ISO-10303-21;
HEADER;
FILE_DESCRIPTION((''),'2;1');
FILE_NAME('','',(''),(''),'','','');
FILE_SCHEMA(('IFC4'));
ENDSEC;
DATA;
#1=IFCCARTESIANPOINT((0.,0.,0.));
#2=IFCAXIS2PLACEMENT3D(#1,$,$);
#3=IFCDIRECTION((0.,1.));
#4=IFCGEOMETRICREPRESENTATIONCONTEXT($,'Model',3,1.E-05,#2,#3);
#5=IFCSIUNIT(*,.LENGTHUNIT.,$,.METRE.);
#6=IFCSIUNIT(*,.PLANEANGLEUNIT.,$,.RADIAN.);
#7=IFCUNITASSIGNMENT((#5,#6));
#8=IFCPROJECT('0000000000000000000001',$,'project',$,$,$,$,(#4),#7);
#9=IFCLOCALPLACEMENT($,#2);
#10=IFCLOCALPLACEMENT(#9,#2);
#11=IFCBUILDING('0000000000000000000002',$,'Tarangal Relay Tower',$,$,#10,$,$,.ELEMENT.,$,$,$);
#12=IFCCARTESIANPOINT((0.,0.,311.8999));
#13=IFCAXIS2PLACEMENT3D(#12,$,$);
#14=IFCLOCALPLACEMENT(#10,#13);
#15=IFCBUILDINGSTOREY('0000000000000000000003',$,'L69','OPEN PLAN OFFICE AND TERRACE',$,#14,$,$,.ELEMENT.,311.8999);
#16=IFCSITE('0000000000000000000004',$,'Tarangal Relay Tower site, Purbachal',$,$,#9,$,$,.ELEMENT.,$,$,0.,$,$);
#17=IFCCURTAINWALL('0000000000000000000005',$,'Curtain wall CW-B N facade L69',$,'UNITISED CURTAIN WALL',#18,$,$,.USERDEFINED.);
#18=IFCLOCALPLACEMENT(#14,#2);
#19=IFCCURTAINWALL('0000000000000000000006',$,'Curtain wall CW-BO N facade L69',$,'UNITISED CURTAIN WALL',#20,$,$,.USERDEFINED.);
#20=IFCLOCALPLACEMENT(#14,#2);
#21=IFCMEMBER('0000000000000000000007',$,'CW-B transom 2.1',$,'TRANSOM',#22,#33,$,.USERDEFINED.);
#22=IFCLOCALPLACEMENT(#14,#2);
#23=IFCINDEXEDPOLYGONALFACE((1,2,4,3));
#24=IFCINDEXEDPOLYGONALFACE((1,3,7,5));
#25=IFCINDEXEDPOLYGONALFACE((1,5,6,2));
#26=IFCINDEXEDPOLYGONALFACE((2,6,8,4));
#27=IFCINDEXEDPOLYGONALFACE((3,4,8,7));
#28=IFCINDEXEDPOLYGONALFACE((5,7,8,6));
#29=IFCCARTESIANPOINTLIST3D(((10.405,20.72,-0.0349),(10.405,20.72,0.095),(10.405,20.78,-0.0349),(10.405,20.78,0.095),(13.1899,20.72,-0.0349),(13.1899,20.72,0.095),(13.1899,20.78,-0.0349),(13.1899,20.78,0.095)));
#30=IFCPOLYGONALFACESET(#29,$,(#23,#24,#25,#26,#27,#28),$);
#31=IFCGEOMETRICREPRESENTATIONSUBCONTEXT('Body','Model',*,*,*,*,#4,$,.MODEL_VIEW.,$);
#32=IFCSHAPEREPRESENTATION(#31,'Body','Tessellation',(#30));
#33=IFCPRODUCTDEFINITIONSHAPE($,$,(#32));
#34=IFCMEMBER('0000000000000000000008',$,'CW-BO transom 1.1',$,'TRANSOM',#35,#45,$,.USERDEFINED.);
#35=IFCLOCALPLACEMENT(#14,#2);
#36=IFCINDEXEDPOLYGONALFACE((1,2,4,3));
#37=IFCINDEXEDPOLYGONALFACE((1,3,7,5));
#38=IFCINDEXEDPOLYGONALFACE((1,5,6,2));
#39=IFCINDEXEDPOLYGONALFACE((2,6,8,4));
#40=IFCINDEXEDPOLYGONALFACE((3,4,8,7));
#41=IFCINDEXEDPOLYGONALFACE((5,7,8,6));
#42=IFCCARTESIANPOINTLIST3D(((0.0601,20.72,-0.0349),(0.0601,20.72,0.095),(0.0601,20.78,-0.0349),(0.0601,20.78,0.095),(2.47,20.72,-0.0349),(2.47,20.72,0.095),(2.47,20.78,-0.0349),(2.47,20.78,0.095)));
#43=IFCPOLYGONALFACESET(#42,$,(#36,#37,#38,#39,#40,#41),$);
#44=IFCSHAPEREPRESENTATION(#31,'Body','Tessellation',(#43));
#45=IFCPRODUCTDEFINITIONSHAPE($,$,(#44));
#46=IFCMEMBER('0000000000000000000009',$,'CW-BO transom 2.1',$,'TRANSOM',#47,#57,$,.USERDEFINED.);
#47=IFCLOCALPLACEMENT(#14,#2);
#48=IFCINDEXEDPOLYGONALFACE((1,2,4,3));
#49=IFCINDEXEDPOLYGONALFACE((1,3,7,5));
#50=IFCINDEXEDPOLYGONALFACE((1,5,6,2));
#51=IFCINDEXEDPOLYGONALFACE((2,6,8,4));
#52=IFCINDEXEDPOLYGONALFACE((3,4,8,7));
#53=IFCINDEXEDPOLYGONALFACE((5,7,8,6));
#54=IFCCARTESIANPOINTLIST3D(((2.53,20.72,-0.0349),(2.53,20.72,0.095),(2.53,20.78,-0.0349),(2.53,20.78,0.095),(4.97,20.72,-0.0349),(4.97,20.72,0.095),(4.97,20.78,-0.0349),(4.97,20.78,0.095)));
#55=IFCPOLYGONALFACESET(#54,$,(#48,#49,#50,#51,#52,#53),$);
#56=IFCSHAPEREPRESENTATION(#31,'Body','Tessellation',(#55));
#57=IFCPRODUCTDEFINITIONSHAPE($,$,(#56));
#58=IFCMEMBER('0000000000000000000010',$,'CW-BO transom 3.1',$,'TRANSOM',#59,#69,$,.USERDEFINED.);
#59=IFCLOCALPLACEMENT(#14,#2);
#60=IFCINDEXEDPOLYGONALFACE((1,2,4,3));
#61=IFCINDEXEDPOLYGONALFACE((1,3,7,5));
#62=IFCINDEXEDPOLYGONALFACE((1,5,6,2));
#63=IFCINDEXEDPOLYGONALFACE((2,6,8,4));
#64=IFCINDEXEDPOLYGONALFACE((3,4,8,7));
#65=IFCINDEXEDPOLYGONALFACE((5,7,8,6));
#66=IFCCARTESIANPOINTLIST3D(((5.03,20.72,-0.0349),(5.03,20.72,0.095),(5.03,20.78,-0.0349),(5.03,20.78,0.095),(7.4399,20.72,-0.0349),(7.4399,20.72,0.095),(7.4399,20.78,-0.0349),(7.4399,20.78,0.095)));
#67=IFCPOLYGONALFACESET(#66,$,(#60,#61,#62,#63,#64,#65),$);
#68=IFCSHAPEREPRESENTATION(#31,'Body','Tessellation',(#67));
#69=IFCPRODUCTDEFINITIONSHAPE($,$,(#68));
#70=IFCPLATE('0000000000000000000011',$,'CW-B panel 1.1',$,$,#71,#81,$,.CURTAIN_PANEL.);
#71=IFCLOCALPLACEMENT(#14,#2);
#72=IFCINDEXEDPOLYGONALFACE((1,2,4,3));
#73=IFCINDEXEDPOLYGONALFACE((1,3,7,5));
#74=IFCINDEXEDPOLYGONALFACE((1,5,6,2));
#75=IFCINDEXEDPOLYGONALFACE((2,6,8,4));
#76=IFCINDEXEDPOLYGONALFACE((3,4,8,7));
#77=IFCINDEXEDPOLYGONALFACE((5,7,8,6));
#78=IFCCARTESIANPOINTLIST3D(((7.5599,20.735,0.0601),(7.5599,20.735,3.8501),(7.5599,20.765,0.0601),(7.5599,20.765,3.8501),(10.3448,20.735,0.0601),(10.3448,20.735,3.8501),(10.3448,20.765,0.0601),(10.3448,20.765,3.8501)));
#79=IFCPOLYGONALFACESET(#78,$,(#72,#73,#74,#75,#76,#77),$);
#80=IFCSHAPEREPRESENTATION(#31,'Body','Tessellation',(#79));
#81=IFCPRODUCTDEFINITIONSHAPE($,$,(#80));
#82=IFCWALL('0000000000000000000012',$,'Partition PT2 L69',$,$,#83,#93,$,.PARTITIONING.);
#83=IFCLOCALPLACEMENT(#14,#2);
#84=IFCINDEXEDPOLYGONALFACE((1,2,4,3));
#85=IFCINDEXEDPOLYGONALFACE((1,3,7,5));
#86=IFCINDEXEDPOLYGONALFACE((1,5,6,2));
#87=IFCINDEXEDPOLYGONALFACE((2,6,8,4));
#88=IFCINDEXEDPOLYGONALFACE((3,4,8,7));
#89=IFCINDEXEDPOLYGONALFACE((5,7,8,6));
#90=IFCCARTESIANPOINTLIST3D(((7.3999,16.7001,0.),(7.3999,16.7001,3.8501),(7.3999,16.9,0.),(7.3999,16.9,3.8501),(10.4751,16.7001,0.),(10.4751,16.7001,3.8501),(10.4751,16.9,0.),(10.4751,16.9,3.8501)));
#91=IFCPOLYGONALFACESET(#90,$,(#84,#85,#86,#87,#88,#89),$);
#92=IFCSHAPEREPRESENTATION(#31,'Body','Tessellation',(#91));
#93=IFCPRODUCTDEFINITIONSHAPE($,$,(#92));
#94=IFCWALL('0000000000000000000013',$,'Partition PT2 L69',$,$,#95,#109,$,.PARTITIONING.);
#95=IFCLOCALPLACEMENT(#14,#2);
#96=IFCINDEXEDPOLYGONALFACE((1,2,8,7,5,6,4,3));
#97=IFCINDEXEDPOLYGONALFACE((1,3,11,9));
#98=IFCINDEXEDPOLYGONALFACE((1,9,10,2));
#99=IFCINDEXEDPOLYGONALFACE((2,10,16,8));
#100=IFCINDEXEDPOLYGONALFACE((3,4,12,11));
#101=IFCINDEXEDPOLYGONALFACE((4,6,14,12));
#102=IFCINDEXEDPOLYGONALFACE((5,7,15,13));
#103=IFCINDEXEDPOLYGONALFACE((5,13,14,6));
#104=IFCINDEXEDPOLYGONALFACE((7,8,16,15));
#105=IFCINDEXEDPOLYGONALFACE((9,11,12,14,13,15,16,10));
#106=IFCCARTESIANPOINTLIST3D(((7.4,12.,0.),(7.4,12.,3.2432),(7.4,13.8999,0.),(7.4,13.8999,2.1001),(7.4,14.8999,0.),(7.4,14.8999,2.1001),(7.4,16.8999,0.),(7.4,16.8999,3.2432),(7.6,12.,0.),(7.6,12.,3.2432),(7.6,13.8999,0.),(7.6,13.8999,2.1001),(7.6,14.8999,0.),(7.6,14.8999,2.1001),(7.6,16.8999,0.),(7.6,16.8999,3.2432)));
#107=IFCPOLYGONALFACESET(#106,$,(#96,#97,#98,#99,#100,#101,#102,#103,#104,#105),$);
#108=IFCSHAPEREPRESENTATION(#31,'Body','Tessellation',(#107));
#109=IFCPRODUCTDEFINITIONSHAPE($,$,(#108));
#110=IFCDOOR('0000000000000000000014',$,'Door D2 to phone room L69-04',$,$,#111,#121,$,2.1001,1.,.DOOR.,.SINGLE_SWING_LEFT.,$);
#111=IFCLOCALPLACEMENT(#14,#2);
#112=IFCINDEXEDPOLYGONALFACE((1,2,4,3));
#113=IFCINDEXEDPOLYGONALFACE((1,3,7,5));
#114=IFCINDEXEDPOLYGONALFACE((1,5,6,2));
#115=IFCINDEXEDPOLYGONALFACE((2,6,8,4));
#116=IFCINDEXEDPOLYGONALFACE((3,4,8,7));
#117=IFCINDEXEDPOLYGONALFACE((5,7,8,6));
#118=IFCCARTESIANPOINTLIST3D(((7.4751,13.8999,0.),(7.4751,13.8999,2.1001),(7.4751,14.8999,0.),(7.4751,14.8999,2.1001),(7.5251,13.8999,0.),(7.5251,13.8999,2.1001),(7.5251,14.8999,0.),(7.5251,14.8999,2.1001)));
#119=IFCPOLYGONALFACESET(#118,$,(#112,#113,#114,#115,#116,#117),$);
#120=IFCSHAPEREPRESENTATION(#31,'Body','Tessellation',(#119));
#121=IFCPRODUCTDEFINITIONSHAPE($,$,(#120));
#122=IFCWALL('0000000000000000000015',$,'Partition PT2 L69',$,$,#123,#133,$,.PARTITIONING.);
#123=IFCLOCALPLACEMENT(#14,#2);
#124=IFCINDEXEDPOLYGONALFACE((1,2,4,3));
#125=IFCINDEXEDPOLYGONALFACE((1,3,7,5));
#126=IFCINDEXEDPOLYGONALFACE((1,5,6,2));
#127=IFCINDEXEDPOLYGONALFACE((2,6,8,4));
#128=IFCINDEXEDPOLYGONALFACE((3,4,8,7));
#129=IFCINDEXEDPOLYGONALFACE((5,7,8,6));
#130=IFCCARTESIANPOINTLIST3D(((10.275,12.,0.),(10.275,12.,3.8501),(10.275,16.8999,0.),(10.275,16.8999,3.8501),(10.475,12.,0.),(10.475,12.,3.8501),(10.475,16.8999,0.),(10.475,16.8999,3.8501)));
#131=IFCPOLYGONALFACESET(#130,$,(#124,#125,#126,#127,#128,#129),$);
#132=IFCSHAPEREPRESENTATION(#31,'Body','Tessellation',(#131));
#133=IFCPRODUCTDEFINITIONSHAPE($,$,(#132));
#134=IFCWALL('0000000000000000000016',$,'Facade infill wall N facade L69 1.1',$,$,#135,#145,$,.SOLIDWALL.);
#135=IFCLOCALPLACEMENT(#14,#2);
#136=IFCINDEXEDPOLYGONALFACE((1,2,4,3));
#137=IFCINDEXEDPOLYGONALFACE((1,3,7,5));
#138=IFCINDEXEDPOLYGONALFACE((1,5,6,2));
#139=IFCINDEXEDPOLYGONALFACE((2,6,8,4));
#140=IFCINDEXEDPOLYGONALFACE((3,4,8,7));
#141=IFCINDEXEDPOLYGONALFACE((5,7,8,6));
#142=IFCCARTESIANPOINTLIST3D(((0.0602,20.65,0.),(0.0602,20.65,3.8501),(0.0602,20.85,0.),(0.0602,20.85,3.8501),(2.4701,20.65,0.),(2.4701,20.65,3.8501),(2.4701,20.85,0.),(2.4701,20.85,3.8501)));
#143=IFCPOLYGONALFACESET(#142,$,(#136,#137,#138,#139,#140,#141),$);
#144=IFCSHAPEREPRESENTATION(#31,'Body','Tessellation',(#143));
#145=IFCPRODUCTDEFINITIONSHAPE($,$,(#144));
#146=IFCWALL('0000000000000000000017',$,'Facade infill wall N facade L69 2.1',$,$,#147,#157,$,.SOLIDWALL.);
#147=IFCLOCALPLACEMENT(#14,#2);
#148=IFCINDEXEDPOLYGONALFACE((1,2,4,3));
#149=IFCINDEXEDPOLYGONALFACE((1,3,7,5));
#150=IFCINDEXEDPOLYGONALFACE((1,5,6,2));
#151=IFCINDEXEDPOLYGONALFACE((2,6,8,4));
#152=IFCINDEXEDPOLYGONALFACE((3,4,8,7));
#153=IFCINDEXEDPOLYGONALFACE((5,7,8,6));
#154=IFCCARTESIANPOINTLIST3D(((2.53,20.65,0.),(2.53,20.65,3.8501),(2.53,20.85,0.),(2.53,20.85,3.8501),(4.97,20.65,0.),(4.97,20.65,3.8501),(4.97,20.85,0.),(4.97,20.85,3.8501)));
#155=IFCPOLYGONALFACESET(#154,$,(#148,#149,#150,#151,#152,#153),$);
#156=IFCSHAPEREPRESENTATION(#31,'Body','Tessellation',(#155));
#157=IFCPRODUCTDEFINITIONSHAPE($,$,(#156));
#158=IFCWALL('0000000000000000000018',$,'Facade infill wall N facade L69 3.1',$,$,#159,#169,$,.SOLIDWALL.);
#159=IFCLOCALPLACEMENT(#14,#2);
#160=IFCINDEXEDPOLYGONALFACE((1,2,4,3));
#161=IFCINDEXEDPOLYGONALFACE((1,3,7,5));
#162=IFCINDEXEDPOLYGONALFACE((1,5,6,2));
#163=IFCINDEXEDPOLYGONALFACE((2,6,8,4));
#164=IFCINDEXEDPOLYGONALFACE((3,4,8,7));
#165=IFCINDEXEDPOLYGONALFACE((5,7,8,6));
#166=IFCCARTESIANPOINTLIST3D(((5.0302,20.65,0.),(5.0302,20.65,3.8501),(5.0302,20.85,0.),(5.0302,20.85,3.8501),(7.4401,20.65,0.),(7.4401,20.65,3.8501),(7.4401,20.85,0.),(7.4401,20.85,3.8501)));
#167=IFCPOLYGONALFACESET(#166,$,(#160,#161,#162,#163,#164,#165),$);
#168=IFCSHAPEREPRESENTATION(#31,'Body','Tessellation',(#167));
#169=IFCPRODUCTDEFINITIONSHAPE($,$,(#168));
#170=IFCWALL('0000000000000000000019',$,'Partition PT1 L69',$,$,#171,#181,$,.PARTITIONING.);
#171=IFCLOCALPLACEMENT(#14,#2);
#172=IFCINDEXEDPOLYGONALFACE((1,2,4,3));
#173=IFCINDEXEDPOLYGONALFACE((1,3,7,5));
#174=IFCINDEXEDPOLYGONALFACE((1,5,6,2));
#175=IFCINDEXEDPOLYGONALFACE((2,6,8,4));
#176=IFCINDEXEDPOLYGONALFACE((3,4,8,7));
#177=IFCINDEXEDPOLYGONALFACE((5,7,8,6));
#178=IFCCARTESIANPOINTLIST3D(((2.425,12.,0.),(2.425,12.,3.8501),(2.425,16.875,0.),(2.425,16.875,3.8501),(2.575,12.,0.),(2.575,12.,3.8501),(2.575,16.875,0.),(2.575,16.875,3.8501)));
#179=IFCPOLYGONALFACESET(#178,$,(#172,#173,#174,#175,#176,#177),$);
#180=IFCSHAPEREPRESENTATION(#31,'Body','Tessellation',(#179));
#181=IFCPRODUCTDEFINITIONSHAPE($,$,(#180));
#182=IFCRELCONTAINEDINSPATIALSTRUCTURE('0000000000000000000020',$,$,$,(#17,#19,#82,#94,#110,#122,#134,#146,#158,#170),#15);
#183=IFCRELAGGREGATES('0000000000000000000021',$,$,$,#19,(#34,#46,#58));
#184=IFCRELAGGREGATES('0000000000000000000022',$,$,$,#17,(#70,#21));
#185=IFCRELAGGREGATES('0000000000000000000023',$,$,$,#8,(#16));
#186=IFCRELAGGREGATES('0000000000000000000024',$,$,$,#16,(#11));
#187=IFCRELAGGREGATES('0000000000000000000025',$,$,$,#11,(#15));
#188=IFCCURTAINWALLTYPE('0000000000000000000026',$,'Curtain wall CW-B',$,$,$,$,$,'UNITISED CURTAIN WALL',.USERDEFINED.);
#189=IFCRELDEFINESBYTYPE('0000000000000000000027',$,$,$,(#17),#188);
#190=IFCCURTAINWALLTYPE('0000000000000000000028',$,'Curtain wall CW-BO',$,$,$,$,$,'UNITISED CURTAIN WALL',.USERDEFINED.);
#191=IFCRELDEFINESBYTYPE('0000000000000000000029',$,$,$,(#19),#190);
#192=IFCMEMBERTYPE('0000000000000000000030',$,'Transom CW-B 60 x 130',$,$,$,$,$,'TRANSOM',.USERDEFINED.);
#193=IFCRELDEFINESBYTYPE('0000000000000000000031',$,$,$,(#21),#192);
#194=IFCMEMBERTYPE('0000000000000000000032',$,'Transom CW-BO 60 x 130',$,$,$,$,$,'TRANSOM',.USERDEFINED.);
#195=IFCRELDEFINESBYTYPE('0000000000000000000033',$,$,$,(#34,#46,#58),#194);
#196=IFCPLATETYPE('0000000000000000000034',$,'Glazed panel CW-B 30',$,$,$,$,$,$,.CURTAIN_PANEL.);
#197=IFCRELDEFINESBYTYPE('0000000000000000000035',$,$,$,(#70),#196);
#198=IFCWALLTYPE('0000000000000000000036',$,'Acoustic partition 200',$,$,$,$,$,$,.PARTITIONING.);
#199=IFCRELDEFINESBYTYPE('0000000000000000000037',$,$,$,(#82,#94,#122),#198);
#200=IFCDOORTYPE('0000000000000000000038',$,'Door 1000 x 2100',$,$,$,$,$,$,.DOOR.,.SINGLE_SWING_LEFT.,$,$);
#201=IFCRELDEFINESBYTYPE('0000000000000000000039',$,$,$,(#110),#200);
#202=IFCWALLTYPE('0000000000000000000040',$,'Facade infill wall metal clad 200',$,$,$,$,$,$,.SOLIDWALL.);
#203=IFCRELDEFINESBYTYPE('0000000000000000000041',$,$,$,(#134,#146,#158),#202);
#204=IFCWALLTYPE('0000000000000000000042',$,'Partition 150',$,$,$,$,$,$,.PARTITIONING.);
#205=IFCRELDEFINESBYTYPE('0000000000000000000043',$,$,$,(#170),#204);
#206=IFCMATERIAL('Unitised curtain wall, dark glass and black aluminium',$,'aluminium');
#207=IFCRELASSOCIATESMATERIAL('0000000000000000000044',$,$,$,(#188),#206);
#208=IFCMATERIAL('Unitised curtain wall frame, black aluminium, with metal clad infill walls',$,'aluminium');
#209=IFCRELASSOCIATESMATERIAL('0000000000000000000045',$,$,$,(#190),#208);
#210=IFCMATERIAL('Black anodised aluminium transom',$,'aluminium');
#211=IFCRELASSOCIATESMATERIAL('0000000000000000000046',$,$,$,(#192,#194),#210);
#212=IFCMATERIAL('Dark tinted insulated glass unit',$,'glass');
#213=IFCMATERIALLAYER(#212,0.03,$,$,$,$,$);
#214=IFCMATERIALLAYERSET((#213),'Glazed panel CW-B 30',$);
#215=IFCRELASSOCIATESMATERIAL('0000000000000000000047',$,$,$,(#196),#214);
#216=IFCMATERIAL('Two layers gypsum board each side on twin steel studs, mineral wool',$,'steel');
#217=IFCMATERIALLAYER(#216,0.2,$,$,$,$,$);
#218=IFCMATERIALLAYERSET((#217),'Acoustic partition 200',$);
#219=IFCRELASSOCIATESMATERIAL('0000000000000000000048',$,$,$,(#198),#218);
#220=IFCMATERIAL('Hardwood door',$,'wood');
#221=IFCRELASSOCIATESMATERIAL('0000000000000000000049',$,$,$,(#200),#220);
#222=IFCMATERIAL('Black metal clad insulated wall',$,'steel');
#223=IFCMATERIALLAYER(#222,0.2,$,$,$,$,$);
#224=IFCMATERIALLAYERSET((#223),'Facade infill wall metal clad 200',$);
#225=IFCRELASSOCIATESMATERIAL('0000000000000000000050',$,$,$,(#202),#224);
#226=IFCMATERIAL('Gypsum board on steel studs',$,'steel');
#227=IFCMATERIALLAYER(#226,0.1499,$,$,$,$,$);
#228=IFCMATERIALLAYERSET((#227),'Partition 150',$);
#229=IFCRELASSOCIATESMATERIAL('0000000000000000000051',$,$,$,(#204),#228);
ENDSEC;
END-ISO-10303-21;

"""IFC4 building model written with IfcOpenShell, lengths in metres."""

from ifc_helpers import new_model, si_unit, direction, frame, frame_2d, origin, origin_2d, place, context, subcontext, project, spatial, rectangle, extrude, material, layer, layer_set, material_profile, profile_set, type_object, element, fill, aggregate, save


model = new_model("IFC4")

# Units and contexts
model_context = context("Model", 3, precision=1e-05, world=origin(), true_north=direction((0.0, 1.0)))
body_context = subcontext(model_context, "Body", "Model", "MODEL_VIEW")
ifc_project = project(units=[si_unit("LENGTHUNIT", "METRE"), si_unit("PLANEANGLEUNIT", "RADIAN")], contexts=[model_context])

# Site, building, storey
site_placement = place(None, origin())
site = spatial("IfcSite", under=ifc_project, at=site_placement, Name="Tarangal Relay Tower site, Purbachal", CompositionType="ELEMENT", RefElevation=0.0)
building_placement = place(site_placement, origin())
building = spatial("IfcBuilding", under=site, at=building_placement, Name="Tarangal Relay Tower", CompositionType="ELEMENT")
storey_placement = place(building_placement, frame((0.0, 0.0, 311.8999)))
storey = spatial("IfcBuildingStorey", under=building, at=storey_placement, Name="L69", Description="OPEN PLAN OFFICE AND TERRACE", CompositionType="ELEMENT", Elevation=311.8999)

# Curtain walls
ifc_material_1 = material(Name="Unitised curtain wall, dark glass and black aluminium", Category="aluminium")
curtain_wall_type_1 = type_object("IfcCurtainWallType", Name="Curtain wall CW-B", ElementType="UNITISED CURTAIN WALL", PredefinedType="USERDEFINED", material=ifc_material_1)
curtain_wall_1_placement = place(storey_placement, origin())
curtain_wall_1 = element("IfcCurtainWall", 1, at=curtain_wall_1_placement, inside=storey, type_object=curtain_wall_type_1, Name="Curtain wall CW-B N facade L69", ObjectType="UNITISED CURTAIN WALL", PredefinedType="USERDEFINED")
ifc_material_2 = material(Name="Unitised curtain wall frame, black aluminium, with metal clad infill walls", Category="aluminium")
curtain_wall_type_2 = type_object("IfcCurtainWallType", Name="Curtain wall CW-BO", ElementType="UNITISED CURTAIN WALL", PredefinedType="USERDEFINED", material=ifc_material_2)
curtain_wall_2_placement = place(storey_placement, origin())
curtain_wall_2 = element("IfcCurtainWall", 2, at=curtain_wall_2_placement, inside=storey, type_object=curtain_wall_type_2, Name="Curtain wall CW-BO N facade L69", ObjectType="UNITISED CURTAIN WALL", PredefinedType="USERDEFINED")

# Members
ifc_material_3 = material(Name="Black anodised aluminium transom", Category="aluminium")
ifc_material_profile_1 = material_profile(ifc_material_3, rectangle(XDim=0.0601, YDim=0.1299, at=origin_2d()), Name="CW-BT 60X130")
ifc_profile_set_1 = profile_set([ifc_material_profile_1], Name="Black anodised aluminium transom")
member_type_1 = type_object("IfcMemberType", Name="Transom CW-B 60 x 130", ElementType="TRANSOM", PredefinedType="USERDEFINED", material=ifc_profile_set_1)
member_1_placement = place(storey_placement, frame((10.405, 20.75, 0.03), z_axis=(1.0, 0.0, 0.0), x_axis=(0.0, 1.0, 0.0)))
member_1 = element("IfcMember", 3, at=member_1_placement, type_object=member_type_1, Name="CW-B transom 2.1", ObjectType="TRANSOM", PredefinedType="USERDEFINED", context=body_context, shape_type="SweptSolid", body=[
    extrude(rectangle(XDim=0.0601, YDim=0.1299, at=origin_2d()), origin(), (0.0, 0.0, 1.0), 2.7849),
])
ifc_material_profile_2 = material_profile(ifc_material_3, rectangle(XDim=0.0601, YDim=0.1299, at=origin_2d()), Name="CW-BOT 60X130")
ifc_profile_set_2 = profile_set([ifc_material_profile_2], Name="Black anodised aluminium transom")
member_type_2 = type_object("IfcMemberType", Name="Transom CW-BO 60 x 130", ElementType="TRANSOM", PredefinedType="USERDEFINED", material=ifc_profile_set_2)
member_2_placement = place(storey_placement, frame((0.0601, 20.75, 0.03), z_axis=(1.0, 0.0, 0.0), x_axis=(0.0, 1.0, 0.0)))
member_2 = element("IfcMember", 4, at=member_2_placement, type_object=member_type_2, Name="CW-BO transom 1.1", ObjectType="TRANSOM", PredefinedType="USERDEFINED", context=body_context, shape_type="SweptSolid", body=[
    extrude(rectangle(XDim=0.0601, YDim=0.1299, at=origin_2d()), origin(), (0.0, 0.0, 1.0), 2.4099),
])
member_3_placement = place(storey_placement, frame((2.53, 20.75, 0.03), z_axis=(1.0, 0.0, 0.0), x_axis=(0.0, 1.0, 0.0)))
member_3 = element("IfcMember", 5, at=member_3_placement, type_object=member_type_2, Name="CW-BO transom 2.1", ObjectType="TRANSOM", PredefinedType="USERDEFINED", context=body_context, shape_type="SweptSolid", body=[
    extrude(rectangle(XDim=0.0601, YDim=0.1299, at=origin_2d()), origin(), (0.0, 0.0, 1.0), 2.4399),
])
member_4_placement = place(storey_placement, frame((5.03, 20.75, 0.03), z_axis=(1.0, 0.0, 0.0), x_axis=(0.0, 1.0, 0.0)))
member_4 = element("IfcMember", 6, at=member_4_placement, type_object=member_type_2, Name="CW-BO transom 3.1", ObjectType="TRANSOM", PredefinedType="USERDEFINED", context=body_context, shape_type="SweptSolid", body=[
    extrude(rectangle(XDim=0.0601, YDim=0.1299, at=origin_2d()), origin(), (0.0, 0.0, 1.0), 2.4099),
])
aggregate(curtain_wall_2, [member_2, member_3, member_4])

# Plate
ifc_material_4 = material(Name="Dark tinted insulated glass unit", Category="glass")
ifc_layer_1 = layer(ifc_material_4, 0.03)
ifc_layer_set_1 = layer_set([ifc_layer_1], Name="Glazed panel CW-B 30")
plate_type = type_object("IfcPlateType", Name="Glazed panel CW-B 30", PredefinedType="CURTAIN_PANEL", material=ifc_layer_set_1)
plate_placement = place(storey_placement, frame((8.9524, 20.75, 0.0601), z_axis=(0.0, 0.0, 1.0), x_axis=(1.0, 0.0, 0.0)))
plate = element("IfcPlate", 7, at=plate_placement, type_object=plate_type, Name="CW-B panel 1.1", PredefinedType="CURTAIN_PANEL", context=body_context, shape_type="SweptSolid", body=[
    extrude(rectangle(XDim=2.7849, YDim=0.03, at=origin_2d()), origin(), (0.0, 0.0, 1.0), 3.79),
])
aggregate(curtain_wall_1, [plate, member_1])

# Wall
ifc_material_5 = material(Name="Two layers gypsum board each side on twin steel studs, mineral wool", Category="steel")
ifc_layer_2 = layer(ifc_material_5, 0.2)
ifc_layer_set_2 = layer_set([ifc_layer_2], Name="Acoustic partition 200")
wall_type_1 = type_object("IfcWallType", Name="Acoustic partition 200", PredefinedType="PARTITIONING", material=ifc_layer_set_2)
wall_1_placement = place(storey_placement, frame((7.3999, 16.8, 0.0), z_axis=(0.0, 0.0, 1.0), x_axis=(1.0, 0.0, 0.0)))
element("IfcWall", 8, at=wall_1_placement, inside=storey, type_object=wall_type_1, Name="Partition PT2 L69", PredefinedType="PARTITIONING", context=body_context, shape_type="SweptSolid", body=[
    extrude(rectangle(XDim=3.0752, YDim=0.2, at=frame_2d((1.5376, 0.0))), origin(), (0.0, 0.0, 1.0), 3.8501),
])

# Wall, opening, door
wall_2_placement = place(storey_placement, frame((7.5, 12.0, 0.0), z_axis=(0.0, 0.0, 1.0), x_axis=(0.0, 1.0, 0.0)))
wall_2 = element("IfcWall", 9, at=wall_2_placement, inside=storey, type_object=wall_type_1, Name="Partition PT2 L69", PredefinedType="PARTITIONING", context=body_context, shape_type="SweptSolid", body=[
    extrude(rectangle(XDim=4.8999, YDim=0.2, at=frame_2d((2.45, 0.0))), origin(), (0.0, 0.0, 1.0), 3.2432),
])
opening_placement = place(wall_2_placement, frame((1.8999, 0.0, 0.0)))
opening = element("IfcOpeningElement", 10, at=opening_placement, cuts=wall_2, PredefinedType="OPENING", context=body_context, shape_type="SweptSolid", body=[
    extrude(rectangle(XDim=1.0, YDim=2.1001, at=frame_2d((0.5, 1.05))), frame((0.0, 0.1099, 0.0), z_axis=(0.0, -1.0, 0.0), x_axis=(1.0, 0.0, 0.0)), (0.0, 0.0, 1.0), 0.22),
])
ifc_material_6 = material(Name="Hardwood door", Category="wood")
door_type = type_object("IfcDoorType", Name="Door 1000 x 2100", OperationType="SINGLE_SWING_LEFT", PredefinedType="DOOR", material=ifc_material_6)
door_placement = place(opening_placement, origin())
door = element("IfcDoor", 11, at=door_placement, inside=storey, type_object=door_type, Name="Door D2 to phone room L69-04", OperationType="SINGLE_SWING_LEFT", OverallHeight=2.1001, OverallWidth=1.0, PredefinedType="DOOR", context=body_context, shape_type="SweptSolid", body=[
    extrude(rectangle(XDim=1.0, YDim=2.1001, at=frame_2d((0.5, 1.05))), frame((0.0, 0.0249, 0.0), z_axis=(0.0, -1.0, 0.0), x_axis=(1.0, 0.0, 0.0)), (0.0, 0.0, 1.0), 0.05),
])
fill(opening, door)

# Walls
wall_3_placement = place(storey_placement, frame((10.375, 12.0, 0.0), z_axis=(0.0, 0.0, 1.0), x_axis=(0.0, 1.0, 0.0)))
element("IfcWall", 12, at=wall_3_placement, inside=storey, type_object=wall_type_1, Name="Partition PT2 L69", PredefinedType="PARTITIONING", context=body_context, shape_type="SweptSolid", body=[
    extrude(rectangle(XDim=4.8999, YDim=0.2, at=frame_2d((2.45, 0.0))), origin(), (0.0, 0.0, 1.0), 3.8501),
])
ifc_material_7 = material(Name="Black metal clad insulated wall", Category="steel")
ifc_layer_3 = layer(ifc_material_7, 0.2)
ifc_layer_set_3 = layer_set([ifc_layer_3], Name="Facade infill wall metal clad 200")
wall_type_2 = type_object("IfcWallType", Name="Facade infill wall metal clad 200", PredefinedType="SOLIDWALL", material=ifc_layer_set_3)
wall_4_placement = place(storey_placement, frame((0.0601, 20.75, 0.0), z_axis=(0.0, 0.0, 1.0), x_axis=(1.0, 0.0, 0.0)))
element("IfcWall", 13, at=wall_4_placement, inside=storey, type_object=wall_type_2, Name="Facade infill wall N facade L69 1.1", PredefinedType="SOLIDWALL", context=body_context, shape_type="SweptSolid", body=[
    extrude(rectangle(XDim=2.4099, YDim=0.2, at=frame_2d((1.2051, 0.0))), origin(), (0.0, 0.0, 1.0), 3.8501),
])
wall_5_placement = place(storey_placement, frame((2.53, 20.75, 0.0), z_axis=(0.0, 0.0, 1.0), x_axis=(1.0, 0.0, 0.0)))
element("IfcWall", 14, at=wall_5_placement, inside=storey, type_object=wall_type_2, Name="Facade infill wall N facade L69 2.1", PredefinedType="SOLIDWALL", context=body_context, shape_type="SweptSolid", body=[
    extrude(rectangle(XDim=2.4399, YDim=0.2, at=frame_2d((1.22, 0.0))), origin(), (0.0, 0.0, 1.0), 3.8501),
])
wall_6_placement = place(storey_placement, frame((5.03, 20.75, 0.0), z_axis=(0.0, 0.0, 1.0), x_axis=(1.0, 0.0, 0.0)))
element("IfcWall", 15, at=wall_6_placement, inside=storey, type_object=wall_type_2, Name="Facade infill wall N facade L69 3.1", PredefinedType="SOLIDWALL", context=body_context, shape_type="SweptSolid", body=[
    extrude(rectangle(XDim=2.4099, YDim=0.2, at=frame_2d((1.2051, 0.0))), origin(), (0.0, 0.0, 1.0), 3.8501),
])
ifc_material_8 = material(Name="Gypsum board on steel studs", Category="steel")
ifc_layer_4 = layer(ifc_material_8, 0.1499)
ifc_layer_set_4 = layer_set([ifc_layer_4], Name="Partition 150")
wall_type_3 = type_object("IfcWallType", Name="Partition 150", PredefinedType="PARTITIONING", material=ifc_layer_set_4)
wall_7_placement = place(storey_placement, frame((2.5, 12.0, 0.0), z_axis=(0.0, 0.0, 1.0), x_axis=(0.0, 1.0, 0.0)))
element("IfcWall", 16, at=wall_7_placement, inside=storey, type_object=wall_type_3, Name="Partition PT1 L69", PredefinedType="PARTITIONING", context=body_context, shape_type="SweptSolid", body=[
    extrude(rectangle(XDim=4.875, YDim=0.1499, at=frame_2d((2.4375, 0.0))), origin(), (0.0, 0.0, 1.0), 3.8501),
])

save(model, "model.ifc")
